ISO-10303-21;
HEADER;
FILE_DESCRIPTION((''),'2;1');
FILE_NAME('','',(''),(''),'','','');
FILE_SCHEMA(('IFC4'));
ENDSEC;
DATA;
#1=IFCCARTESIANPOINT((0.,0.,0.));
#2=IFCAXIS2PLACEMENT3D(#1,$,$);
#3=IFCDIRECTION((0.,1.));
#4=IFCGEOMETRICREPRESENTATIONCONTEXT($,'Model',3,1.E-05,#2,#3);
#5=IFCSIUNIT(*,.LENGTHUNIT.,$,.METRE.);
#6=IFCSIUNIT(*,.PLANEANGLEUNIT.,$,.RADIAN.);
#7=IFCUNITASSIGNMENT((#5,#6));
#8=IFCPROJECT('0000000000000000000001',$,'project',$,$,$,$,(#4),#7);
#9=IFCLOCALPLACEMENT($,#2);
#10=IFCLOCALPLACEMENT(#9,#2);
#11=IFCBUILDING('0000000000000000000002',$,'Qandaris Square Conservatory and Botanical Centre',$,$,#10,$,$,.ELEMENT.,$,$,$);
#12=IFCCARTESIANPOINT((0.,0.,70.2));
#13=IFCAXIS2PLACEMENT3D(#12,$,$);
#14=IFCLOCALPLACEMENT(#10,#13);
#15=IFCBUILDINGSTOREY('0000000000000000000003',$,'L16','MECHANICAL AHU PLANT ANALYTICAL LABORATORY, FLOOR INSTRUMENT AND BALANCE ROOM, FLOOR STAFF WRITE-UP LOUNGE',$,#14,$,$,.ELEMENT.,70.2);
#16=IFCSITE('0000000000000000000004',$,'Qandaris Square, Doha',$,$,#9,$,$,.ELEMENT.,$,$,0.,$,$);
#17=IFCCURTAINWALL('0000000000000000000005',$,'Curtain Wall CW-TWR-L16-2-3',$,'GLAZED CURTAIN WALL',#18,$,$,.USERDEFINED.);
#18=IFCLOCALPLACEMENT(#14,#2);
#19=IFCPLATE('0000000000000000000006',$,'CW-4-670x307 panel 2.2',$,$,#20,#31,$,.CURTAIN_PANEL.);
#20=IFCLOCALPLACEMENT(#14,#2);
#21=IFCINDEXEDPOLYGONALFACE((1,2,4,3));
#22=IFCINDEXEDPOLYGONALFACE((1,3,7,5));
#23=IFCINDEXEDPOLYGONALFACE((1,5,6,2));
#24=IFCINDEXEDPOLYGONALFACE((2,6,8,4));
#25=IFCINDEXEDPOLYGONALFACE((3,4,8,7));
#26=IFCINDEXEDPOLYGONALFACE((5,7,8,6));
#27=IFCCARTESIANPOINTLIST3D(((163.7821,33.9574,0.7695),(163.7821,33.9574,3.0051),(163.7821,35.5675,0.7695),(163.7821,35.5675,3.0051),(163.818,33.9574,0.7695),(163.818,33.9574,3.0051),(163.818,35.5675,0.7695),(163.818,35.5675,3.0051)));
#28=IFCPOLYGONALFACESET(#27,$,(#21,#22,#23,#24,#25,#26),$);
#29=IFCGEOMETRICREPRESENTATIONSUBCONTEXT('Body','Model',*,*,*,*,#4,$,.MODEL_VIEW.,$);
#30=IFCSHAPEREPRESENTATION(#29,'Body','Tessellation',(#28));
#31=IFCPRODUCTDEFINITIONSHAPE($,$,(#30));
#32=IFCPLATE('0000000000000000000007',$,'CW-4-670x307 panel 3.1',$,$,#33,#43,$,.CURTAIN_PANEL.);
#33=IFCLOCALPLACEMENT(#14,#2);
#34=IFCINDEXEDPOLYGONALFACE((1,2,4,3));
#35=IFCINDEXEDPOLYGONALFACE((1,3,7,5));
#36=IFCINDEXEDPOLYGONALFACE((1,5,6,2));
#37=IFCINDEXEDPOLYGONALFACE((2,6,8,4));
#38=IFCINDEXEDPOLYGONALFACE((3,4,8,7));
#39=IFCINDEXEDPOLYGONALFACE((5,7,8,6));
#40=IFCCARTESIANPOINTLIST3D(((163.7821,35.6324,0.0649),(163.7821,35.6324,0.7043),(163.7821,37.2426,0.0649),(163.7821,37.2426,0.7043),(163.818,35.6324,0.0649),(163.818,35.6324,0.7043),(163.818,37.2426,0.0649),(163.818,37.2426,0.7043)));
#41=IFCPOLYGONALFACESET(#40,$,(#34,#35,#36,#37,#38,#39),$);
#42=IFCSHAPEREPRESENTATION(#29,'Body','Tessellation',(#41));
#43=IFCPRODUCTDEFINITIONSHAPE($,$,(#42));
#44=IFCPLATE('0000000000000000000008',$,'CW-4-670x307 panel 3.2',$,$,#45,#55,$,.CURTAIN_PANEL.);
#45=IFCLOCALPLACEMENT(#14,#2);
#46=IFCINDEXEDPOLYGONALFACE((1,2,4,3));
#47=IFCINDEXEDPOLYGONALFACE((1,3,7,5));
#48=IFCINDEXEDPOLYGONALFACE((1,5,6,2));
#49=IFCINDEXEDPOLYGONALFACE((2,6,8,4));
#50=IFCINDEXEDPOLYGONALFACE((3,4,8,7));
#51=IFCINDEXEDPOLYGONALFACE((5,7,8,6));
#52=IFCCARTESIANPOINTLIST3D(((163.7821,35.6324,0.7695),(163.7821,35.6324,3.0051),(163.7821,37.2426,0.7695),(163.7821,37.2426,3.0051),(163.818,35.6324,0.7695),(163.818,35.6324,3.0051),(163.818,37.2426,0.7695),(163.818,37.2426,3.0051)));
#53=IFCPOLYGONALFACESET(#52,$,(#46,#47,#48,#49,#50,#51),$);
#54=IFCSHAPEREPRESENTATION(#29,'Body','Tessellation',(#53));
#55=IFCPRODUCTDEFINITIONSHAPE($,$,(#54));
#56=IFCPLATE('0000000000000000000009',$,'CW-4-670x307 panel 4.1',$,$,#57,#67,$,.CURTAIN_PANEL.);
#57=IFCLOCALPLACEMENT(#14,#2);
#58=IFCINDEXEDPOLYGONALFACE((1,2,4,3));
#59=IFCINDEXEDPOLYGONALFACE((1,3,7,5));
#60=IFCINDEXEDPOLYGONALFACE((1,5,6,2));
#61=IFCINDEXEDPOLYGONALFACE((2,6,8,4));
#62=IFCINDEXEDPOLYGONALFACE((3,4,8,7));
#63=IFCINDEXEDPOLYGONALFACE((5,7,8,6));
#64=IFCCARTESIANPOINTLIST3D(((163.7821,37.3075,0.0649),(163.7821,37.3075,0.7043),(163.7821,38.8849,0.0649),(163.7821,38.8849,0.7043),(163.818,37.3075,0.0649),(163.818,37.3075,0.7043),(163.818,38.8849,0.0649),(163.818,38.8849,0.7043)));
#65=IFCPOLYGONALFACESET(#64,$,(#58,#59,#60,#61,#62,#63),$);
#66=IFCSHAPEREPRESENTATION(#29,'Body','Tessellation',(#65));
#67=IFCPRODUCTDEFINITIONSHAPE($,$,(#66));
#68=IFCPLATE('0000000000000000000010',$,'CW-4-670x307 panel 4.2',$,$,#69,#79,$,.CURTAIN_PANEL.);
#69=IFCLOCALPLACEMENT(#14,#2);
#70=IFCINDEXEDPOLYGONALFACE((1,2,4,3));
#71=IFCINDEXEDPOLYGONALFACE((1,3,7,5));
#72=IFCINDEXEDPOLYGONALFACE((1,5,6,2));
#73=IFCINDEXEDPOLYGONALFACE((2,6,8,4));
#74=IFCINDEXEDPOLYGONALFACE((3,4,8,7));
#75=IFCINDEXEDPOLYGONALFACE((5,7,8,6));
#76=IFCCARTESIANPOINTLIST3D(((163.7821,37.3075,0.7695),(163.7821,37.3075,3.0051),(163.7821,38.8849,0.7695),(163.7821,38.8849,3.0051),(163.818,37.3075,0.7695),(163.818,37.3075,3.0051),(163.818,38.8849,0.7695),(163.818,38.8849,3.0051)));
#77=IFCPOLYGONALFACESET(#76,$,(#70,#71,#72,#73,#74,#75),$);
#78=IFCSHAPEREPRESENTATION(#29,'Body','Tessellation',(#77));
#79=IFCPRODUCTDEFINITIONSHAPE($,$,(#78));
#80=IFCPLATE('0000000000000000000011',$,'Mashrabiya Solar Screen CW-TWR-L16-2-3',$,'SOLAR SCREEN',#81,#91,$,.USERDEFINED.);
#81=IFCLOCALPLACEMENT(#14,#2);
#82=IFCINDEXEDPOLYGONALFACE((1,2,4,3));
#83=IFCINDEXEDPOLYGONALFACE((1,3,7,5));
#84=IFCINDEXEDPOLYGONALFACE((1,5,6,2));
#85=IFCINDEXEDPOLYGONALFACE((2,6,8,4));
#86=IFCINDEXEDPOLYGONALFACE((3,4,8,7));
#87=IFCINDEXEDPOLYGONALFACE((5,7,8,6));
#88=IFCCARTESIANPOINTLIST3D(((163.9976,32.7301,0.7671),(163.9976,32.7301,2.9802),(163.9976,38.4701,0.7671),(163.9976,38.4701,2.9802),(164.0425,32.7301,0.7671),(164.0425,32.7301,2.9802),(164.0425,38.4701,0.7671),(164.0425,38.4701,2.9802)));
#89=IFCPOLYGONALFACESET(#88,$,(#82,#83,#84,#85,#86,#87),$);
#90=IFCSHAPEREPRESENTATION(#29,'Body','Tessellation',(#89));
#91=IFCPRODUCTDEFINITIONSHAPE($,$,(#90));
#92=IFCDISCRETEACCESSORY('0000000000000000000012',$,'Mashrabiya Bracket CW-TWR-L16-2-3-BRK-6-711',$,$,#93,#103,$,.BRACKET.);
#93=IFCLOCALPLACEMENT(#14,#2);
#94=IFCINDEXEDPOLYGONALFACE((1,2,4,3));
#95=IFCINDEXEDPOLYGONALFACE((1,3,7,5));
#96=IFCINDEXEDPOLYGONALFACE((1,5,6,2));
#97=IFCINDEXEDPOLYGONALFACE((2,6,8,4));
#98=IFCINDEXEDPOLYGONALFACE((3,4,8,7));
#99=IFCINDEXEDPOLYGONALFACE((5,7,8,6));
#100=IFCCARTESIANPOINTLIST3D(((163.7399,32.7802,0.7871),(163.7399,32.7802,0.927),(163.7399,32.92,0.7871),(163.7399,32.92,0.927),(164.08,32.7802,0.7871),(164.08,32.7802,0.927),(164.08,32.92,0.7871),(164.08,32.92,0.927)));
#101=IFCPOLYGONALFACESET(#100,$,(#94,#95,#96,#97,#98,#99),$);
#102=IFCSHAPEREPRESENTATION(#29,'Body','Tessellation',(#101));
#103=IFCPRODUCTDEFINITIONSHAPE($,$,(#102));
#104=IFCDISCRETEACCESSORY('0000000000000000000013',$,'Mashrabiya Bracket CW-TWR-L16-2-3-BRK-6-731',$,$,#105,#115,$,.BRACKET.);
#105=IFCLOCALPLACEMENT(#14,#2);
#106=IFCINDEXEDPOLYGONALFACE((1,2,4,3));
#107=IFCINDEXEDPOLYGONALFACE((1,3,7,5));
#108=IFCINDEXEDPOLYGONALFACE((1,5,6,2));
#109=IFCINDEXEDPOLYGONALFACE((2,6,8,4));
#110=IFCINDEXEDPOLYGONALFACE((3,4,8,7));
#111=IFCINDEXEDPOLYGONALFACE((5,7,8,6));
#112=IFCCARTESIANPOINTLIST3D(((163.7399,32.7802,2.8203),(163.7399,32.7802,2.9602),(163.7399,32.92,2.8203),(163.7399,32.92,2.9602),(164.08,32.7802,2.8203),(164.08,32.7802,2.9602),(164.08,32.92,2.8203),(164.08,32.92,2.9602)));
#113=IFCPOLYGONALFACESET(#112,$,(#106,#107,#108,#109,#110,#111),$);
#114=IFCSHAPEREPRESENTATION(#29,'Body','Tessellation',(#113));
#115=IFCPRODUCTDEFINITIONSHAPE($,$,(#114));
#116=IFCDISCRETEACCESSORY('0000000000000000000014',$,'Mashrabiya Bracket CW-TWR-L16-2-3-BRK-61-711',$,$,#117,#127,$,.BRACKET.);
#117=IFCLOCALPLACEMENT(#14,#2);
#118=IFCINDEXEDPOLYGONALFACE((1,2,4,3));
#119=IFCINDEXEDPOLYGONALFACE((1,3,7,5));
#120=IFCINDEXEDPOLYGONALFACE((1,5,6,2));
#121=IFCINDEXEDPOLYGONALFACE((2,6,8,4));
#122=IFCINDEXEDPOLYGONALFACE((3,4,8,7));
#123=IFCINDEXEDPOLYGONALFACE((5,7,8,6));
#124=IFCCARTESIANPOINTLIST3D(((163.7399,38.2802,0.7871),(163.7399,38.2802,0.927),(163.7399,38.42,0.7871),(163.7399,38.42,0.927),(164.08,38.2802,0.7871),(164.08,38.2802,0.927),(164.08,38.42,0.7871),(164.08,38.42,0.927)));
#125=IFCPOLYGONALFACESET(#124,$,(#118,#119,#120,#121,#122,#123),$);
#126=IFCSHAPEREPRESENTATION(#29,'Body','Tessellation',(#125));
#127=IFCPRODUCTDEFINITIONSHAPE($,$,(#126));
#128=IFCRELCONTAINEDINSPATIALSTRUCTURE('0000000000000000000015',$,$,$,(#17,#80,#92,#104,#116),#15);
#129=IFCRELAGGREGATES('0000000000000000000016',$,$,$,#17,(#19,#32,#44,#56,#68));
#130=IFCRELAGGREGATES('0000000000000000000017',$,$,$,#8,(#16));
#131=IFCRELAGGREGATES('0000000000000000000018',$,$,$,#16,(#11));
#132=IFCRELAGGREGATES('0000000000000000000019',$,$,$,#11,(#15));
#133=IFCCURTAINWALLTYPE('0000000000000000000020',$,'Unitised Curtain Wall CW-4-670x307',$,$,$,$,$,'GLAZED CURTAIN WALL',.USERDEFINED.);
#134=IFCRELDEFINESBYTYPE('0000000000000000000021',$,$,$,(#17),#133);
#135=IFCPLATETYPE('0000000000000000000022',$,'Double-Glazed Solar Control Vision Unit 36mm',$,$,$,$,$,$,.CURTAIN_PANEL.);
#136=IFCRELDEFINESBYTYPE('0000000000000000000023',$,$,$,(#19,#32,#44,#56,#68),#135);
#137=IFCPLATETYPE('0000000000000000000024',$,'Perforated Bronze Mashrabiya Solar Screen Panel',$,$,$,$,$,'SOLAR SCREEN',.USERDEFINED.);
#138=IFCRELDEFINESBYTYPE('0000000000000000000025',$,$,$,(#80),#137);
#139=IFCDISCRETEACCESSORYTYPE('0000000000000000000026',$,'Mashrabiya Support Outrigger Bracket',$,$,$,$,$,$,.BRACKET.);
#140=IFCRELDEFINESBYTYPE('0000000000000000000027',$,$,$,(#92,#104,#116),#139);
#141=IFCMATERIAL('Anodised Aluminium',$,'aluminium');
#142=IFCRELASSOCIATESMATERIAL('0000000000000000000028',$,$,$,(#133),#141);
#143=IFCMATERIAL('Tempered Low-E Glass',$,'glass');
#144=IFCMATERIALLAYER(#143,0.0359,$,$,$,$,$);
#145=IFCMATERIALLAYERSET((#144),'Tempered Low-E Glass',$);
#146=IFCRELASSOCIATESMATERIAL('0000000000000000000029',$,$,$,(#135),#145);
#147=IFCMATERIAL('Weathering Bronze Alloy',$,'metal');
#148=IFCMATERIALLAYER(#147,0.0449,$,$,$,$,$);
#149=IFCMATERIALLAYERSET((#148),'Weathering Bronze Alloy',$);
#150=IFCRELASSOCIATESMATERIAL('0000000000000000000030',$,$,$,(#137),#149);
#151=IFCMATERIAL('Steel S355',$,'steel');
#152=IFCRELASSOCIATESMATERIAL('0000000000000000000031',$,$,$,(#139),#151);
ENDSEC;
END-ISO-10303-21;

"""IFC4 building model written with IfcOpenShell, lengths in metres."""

from ifc_helpers import new_model, si_unit, direction, frame, origin, origin_2d, place, context, subcontext, project, spatial, rectangle, extrude, material, layer, layer_set, type_object, element, aggregate, save


model = new_model("IFC4")

# Units and contexts
model_context = context("Model", 3, precision=1e-05, world=origin(), true_north=direction((0.0, 1.0)))
body_context = subcontext(model_context, "Body", "Model", "MODEL_VIEW")
ifc_project = project(units=[si_unit("LENGTHUNIT", "METRE"), si_unit("PLANEANGLEUNIT", "RADIAN")], contexts=[model_context])

# Site, building, storey
site_placement = place(None, origin())
site = spatial("IfcSite", under=ifc_project, at=site_placement, Name="Qandaris Square, Doha", CompositionType="ELEMENT", RefElevation=0.0)
building_placement = place(site_placement, origin())
building = spatial("IfcBuilding", under=site, at=building_placement, Name="Qandaris Square Conservatory and Botanical Centre", CompositionType="ELEMENT")
storey_placement = place(building_placement, frame((0.0, 0.0, 70.2)))
storey = spatial("IfcBuildingStorey", under=building, at=storey_placement, Name="L16", Description="MECHANICAL AHU PLANT ANALYTICAL LABORATORY, FLOOR INSTRUMENT AND BALANCE ROOM, FLOOR STAFF WRITE-UP LOUNGE", CompositionType="ELEMENT", Elevation=70.2)

# Curtain wall, plates
ifc_material_1 = material(Name="Anodised Aluminium", Category="aluminium")
curtain_wall_type = type_object("IfcCurtainWallType", Name="Unitised Curtain Wall CW-4-670x307", ElementType="GLAZED CURTAIN WALL", PredefinedType="USERDEFINED", material=ifc_material_1)
curtain_wall_placement = place(storey_placement, origin())
curtain_wall = element("IfcCurtainWall", 1, at=curtain_wall_placement, inside=storey, type_object=curtain_wall_type, Name="Curtain Wall CW-TWR-L16-2-3", ObjectType="GLAZED CURTAIN WALL", PredefinedType="USERDEFINED")
ifc_material_2 = material(Name="Tempered Low-E Glass", Category="glass")
ifc_layer_1 = layer(ifc_material_2, 0.0359)
ifc_layer_set_1 = layer_set([ifc_layer_1], Name="Tempered Low-E Glass")
plate_type_1 = type_object("IfcPlateType", Name="Double-Glazed Solar Control Vision Unit 36mm", PredefinedType="CURTAIN_PANEL", material=ifc_layer_set_1)
plate_1_placement = place(storey_placement, frame((163.8, 34.7625, 0.7695), z_axis=(0.0, 0.0, 1.0), x_axis=(0.0, 1.0, 0.0)))
plate_1 = element("IfcPlate", 2, at=plate_1_placement, type_object=plate_type_1, Name="CW-4-670x307 panel 2.2", PredefinedType="CURTAIN_PANEL", context=body_context, shape_type="SweptSolid", body=[
    extrude(rectangle(XDim=1.6101, YDim=0.0359, at=origin_2d()), origin(), (0.0, 0.0, 1.0), 2.2356),
])
plate_2_placement = place(storey_placement, frame((163.8, 36.4375, 0.0649), z_axis=(0.0, 0.0, 1.0), x_axis=(0.0, 1.0, 0.0)))
plate_2 = element("IfcPlate", 3, at=plate_2_placement, type_object=plate_type_1, Name="CW-4-670x307 panel 3.1", PredefinedType="CURTAIN_PANEL", context=body_context, shape_type="SweptSolid", body=[
    extrude(rectangle(XDim=1.6101, YDim=0.0359, at=origin_2d()), origin(), (0.0, 0.0, 1.0), 0.6394),
])
plate_3_placement = place(storey_placement, frame((163.8, 36.4375, 0.7695), z_axis=(0.0, 0.0, 1.0), x_axis=(0.0, 1.0, 0.0)))
plate_3 = element("IfcPlate", 4, at=plate_3_placement, type_object=plate_type_1, Name="CW-4-670x307 panel 3.2", PredefinedType="CURTAIN_PANEL", context=body_context, shape_type="SweptSolid", body=[
    extrude(rectangle(XDim=1.6101, YDim=0.0359, at=origin_2d()), origin(), (0.0, 0.0, 1.0), 2.2356),
])
plate_4_placement = place(storey_placement, frame((163.8, 38.0962, 0.0649), z_axis=(0.0, 0.0, 1.0), x_axis=(0.0, 1.0, 0.0)))
plate_4 = element("IfcPlate", 5, at=plate_4_placement, type_object=plate_type_1, Name="CW-4-670x307 panel 4.1", PredefinedType="CURTAIN_PANEL", context=body_context, shape_type="SweptSolid", body=[
    extrude(rectangle(XDim=1.5774, YDim=0.0359, at=origin_2d()), origin(), (0.0, 0.0, 1.0), 0.6394),
])
plate_5_placement = place(storey_placement, frame((163.8, 38.0962, 0.7695), z_axis=(0.0, 0.0, 1.0), x_axis=(0.0, 1.0, 0.0)))
plate_5 = element("IfcPlate", 6, at=plate_5_placement, type_object=plate_type_1, Name="CW-4-670x307 panel 4.2", PredefinedType="CURTAIN_PANEL", context=body_context, shape_type="SweptSolid", body=[
    extrude(rectangle(XDim=1.5774, YDim=0.0359, at=origin_2d()), origin(), (0.0, 0.0, 1.0), 2.2356),
])
aggregate(curtain_wall, [plate_1, plate_2, plate_3, plate_4, plate_5])

# Plate
ifc_material_3 = material(Name="Weathering Bronze Alloy", Category="metal")
ifc_layer_2 = layer(ifc_material_3, 0.0449)
ifc_layer_set_2 = layer_set([ifc_layer_2], Name="Weathering Bronze Alloy")
plate_type_2 = type_object("IfcPlateType", Name="Perforated Bronze Mashrabiya Solar Screen Panel", ElementType="SOLAR SCREEN", PredefinedType="USERDEFINED", material=ifc_layer_set_2)
plate_6_placement = place(storey_placement, frame((164.02, 35.6001, 0.7671), z_axis=(0.0, 0.0, 1.0), x_axis=(0.0, 1.0, 0.0)))
element("IfcPlate", 7, at=plate_6_placement, inside=storey, type_object=plate_type_2, Name="Mashrabiya Solar Screen CW-TWR-L16-2-3", ObjectType="SOLAR SCREEN", PredefinedType="USERDEFINED", context=body_context, shape_type="SweptSolid", body=[
    extrude(rectangle(XDim=5.74, YDim=0.0449, at=origin_2d()), origin(), (0.0, 0.0, 1.0), 2.2131),
])

# Discrete accessories
ifc_material_4 = material(Name="Steel S355", Category="steel")
discrete_accessory_type = type_object("IfcDiscreteAccessoryType", Name="Mashrabiya Support Outrigger Bracket", PredefinedType="BRACKET", material=ifc_material_4)
for number, where, z_axis, x_axis, name in (
    (8, (163.9099, 32.8501, 0.7871), (0.0, 0.0, 1.0), (0.0, 1.0, 0.0), "Mashrabiya Bracket CW-TWR-L16-2-3-BRK-6-711"),
    (9, (163.9099, 32.8501, 2.8203), (0.0, 0.0, 1.0), (0.0, 1.0, 0.0), "Mashrabiya Bracket CW-TWR-L16-2-3-BRK-6-731"),
    (10, (163.9099, 38.3501, 0.7871), (0.0, 0.0, 1.0), (0.0, 1.0, 0.0), "Mashrabiya Bracket CW-TWR-L16-2-3-BRK-61-711"),
):
    element("IfcDiscreteAccessory", number, at=place(storey_placement, frame(where, z_axis=z_axis, x_axis=x_axis)), inside=storey, type_object=discrete_accessory_type, Name=name, PredefinedType="BRACKET", context=body_context, shape_type="SweptSolid", body=[
        extrude(rectangle(XDim=0.1399, YDim=0.3401, at=origin_2d()), origin(), (0.0, 0.0, 1.0), 0.1399),
    ])

save(model, "model.ifc")
